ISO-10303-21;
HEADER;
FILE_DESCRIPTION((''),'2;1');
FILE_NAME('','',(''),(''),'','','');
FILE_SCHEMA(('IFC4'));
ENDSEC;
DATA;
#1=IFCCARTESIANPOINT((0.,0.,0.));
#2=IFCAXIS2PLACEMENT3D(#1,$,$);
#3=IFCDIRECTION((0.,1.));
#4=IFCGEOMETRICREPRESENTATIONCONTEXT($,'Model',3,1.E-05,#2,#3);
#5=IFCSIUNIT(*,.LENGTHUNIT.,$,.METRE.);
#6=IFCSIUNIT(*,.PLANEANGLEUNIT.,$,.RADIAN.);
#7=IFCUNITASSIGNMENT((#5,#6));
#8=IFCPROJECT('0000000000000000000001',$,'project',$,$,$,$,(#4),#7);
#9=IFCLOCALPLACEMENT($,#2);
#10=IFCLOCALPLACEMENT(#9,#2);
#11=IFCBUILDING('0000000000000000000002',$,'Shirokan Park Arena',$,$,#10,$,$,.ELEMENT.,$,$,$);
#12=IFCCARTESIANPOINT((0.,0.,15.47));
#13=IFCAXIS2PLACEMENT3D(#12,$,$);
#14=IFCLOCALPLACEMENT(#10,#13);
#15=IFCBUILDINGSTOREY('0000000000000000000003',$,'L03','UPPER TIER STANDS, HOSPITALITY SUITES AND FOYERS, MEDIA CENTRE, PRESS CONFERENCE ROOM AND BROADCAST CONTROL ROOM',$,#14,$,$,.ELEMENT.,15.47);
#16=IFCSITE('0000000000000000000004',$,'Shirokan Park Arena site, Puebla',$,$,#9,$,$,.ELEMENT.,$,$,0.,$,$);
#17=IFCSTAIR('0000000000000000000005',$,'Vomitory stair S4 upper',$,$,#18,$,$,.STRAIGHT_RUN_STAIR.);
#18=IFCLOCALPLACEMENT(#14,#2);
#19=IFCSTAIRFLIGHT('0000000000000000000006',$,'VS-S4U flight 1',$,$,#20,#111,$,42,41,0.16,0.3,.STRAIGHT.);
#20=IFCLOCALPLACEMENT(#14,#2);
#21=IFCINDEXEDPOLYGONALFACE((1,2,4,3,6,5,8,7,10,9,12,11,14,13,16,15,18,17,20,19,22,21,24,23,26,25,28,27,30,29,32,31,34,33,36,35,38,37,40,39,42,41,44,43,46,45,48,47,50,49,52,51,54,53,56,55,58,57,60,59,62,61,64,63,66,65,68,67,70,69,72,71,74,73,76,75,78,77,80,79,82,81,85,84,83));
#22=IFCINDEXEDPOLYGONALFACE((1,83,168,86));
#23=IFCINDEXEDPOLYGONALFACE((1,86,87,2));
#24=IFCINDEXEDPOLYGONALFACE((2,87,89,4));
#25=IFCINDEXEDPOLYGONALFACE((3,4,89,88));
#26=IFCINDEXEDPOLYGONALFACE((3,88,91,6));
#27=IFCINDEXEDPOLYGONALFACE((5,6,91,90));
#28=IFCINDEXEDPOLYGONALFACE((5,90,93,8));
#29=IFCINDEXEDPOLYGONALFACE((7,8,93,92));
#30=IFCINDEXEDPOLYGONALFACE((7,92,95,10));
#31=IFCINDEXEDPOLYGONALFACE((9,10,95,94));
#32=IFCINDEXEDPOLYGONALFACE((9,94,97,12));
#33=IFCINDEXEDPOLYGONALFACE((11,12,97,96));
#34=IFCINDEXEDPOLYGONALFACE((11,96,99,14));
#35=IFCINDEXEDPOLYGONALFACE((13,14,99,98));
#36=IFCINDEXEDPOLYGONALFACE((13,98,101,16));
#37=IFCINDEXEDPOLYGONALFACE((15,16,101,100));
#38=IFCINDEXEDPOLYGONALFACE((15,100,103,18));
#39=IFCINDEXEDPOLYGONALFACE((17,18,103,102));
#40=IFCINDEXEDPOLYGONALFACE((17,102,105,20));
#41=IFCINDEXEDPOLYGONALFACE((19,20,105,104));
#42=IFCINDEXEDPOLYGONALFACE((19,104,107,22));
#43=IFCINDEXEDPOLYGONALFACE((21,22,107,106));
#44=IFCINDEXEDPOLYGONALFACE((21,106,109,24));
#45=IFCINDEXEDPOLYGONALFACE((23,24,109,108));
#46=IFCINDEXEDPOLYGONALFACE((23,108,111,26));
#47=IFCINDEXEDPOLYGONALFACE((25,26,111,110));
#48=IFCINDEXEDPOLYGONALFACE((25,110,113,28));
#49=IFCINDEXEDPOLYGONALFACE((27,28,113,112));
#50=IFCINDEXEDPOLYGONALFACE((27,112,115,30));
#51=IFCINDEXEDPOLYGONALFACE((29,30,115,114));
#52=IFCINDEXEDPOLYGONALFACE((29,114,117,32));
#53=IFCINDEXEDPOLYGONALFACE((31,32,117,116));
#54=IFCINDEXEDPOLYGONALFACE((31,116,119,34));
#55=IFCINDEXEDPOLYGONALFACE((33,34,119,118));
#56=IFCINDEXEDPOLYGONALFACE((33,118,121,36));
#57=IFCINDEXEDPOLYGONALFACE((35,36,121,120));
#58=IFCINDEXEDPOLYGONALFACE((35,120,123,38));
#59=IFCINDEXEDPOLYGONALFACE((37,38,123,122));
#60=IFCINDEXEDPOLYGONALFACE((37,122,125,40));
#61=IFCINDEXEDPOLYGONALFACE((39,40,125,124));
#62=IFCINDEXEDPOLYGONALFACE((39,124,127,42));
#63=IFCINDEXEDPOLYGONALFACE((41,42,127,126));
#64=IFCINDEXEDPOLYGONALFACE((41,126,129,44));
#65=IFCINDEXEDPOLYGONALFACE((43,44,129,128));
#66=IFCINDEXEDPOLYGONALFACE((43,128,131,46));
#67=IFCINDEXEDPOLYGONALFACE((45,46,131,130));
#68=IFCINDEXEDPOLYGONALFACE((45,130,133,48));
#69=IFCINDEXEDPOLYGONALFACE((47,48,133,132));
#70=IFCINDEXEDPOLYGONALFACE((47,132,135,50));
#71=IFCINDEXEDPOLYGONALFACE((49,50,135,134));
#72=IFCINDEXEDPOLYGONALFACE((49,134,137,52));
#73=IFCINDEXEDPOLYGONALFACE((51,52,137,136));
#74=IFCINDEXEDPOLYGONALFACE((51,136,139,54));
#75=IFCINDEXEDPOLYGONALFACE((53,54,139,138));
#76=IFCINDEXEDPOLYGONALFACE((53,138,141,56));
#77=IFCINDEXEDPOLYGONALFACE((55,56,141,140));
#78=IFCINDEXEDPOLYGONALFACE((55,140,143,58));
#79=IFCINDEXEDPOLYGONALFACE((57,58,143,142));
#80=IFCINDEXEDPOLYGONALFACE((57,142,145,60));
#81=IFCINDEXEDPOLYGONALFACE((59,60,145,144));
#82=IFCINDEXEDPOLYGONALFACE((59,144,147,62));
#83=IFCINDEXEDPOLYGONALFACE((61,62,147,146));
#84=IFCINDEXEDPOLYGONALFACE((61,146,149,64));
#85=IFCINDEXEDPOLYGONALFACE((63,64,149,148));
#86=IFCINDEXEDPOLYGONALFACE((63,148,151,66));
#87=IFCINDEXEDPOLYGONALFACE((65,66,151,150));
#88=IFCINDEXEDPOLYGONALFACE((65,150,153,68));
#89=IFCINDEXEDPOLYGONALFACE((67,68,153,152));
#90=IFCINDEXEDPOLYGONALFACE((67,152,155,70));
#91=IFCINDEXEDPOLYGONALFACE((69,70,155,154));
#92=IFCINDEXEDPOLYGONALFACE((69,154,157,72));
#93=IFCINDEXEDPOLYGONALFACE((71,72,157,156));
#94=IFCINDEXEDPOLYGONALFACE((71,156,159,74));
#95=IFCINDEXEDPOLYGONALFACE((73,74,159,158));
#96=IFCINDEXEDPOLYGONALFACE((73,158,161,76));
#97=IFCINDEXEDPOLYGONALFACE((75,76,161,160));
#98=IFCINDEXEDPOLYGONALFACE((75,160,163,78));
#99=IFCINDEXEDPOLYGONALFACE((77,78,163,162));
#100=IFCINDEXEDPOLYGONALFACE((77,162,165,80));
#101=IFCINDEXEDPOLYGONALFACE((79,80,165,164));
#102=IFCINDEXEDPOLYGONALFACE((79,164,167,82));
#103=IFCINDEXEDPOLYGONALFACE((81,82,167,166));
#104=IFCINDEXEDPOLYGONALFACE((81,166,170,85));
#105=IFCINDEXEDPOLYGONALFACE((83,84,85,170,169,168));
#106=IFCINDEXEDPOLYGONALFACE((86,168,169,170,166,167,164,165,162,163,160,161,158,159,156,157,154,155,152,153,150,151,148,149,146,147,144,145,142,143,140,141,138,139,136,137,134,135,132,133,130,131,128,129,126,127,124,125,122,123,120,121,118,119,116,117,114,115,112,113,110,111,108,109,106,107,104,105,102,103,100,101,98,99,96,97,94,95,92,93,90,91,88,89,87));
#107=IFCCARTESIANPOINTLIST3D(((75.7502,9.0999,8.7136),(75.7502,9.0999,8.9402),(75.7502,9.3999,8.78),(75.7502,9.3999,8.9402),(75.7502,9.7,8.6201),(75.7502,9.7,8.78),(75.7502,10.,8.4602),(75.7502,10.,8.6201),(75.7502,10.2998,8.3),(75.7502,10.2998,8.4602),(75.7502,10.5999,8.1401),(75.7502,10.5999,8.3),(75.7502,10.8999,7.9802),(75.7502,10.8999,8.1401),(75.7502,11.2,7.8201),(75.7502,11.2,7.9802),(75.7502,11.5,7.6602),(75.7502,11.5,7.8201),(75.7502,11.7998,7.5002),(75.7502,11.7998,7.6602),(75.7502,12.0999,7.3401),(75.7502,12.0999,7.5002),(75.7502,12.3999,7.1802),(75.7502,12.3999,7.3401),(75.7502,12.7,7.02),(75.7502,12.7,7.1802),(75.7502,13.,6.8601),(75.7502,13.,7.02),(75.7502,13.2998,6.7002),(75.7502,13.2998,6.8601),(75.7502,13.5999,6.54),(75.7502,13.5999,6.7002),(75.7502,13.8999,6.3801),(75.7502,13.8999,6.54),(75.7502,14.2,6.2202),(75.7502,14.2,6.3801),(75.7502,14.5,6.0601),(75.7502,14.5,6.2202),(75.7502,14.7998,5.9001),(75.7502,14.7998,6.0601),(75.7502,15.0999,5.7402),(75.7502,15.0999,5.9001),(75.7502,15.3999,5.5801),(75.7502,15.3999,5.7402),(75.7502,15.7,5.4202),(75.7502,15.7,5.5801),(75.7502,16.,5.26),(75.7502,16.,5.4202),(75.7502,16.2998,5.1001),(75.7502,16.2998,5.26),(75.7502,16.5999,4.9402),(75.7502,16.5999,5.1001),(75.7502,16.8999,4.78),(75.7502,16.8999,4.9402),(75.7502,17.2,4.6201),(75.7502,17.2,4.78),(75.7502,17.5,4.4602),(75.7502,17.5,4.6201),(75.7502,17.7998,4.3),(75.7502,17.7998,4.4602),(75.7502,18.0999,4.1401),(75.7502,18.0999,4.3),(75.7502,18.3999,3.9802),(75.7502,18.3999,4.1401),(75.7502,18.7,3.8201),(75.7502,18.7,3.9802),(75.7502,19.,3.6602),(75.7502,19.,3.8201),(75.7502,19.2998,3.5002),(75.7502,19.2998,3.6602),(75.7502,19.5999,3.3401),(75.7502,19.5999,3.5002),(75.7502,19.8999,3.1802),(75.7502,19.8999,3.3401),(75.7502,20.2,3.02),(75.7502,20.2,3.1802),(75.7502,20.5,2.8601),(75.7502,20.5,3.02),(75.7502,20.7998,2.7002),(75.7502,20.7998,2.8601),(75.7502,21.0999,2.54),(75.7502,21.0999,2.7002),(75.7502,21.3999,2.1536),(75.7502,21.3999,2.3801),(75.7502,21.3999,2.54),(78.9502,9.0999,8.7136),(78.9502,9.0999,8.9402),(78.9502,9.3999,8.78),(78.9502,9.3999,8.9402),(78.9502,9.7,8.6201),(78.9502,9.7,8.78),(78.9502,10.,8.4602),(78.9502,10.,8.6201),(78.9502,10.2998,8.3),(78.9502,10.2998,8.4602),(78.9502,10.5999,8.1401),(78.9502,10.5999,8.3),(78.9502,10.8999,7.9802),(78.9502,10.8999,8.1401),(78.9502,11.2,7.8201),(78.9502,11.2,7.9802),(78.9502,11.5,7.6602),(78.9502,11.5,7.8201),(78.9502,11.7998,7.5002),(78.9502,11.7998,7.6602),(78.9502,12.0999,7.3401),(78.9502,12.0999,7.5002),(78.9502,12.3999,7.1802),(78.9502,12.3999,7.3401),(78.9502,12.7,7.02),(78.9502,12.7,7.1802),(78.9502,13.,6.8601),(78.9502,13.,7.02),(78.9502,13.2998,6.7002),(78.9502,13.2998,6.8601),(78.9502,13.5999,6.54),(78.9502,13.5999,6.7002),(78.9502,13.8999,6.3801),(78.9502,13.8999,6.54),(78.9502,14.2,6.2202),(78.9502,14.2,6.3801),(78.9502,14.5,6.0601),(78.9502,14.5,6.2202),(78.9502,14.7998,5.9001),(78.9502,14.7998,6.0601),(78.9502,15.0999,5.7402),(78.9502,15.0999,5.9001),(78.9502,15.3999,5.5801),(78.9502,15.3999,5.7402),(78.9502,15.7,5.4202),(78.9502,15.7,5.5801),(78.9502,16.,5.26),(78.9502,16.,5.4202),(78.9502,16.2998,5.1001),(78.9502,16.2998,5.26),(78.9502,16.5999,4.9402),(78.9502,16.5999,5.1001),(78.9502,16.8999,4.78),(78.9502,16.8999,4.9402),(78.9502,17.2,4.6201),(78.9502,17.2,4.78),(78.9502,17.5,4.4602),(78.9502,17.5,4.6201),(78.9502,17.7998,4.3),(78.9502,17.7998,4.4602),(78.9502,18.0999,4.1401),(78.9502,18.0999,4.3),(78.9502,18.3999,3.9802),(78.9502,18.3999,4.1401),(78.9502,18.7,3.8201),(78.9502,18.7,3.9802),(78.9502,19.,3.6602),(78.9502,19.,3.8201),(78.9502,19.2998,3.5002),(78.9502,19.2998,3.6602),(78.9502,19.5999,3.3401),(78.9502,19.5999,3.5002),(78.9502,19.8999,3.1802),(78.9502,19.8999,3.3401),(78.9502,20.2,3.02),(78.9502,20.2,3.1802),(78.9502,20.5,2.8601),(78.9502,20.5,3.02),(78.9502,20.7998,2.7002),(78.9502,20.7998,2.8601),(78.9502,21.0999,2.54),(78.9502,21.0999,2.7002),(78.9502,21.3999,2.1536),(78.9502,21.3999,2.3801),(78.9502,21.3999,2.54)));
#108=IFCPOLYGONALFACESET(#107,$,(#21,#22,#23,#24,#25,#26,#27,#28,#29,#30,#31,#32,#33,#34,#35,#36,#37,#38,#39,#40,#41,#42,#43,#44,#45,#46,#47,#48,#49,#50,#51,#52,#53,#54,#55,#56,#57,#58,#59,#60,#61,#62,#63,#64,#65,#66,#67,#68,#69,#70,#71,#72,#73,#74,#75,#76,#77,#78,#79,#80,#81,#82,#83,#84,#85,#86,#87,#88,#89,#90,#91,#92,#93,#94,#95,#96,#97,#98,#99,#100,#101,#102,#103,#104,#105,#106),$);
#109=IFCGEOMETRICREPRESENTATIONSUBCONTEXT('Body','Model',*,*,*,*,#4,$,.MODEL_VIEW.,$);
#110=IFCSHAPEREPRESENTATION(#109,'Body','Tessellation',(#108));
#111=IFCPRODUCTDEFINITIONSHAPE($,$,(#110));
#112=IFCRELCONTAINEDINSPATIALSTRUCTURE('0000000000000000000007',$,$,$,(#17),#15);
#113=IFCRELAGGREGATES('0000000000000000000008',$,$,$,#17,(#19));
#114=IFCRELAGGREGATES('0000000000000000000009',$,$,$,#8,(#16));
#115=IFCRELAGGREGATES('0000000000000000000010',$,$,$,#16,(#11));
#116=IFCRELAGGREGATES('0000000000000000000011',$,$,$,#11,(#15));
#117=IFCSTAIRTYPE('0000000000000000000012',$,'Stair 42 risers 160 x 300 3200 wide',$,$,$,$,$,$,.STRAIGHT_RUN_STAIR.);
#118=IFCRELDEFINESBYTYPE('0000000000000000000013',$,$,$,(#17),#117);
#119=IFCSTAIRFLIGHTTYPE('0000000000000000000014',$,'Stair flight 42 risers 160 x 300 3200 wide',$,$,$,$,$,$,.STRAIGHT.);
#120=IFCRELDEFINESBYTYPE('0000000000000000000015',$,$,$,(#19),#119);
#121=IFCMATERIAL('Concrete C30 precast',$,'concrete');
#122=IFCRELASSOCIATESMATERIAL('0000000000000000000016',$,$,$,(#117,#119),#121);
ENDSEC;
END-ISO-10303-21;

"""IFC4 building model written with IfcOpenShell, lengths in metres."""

from ifc_helpers import new_model, si_unit, direction, frame, origin, place, context, subcontext, project, spatial, polyline, outline, extrude, material, type_object, element, aggregate, save


model = new_model("IFC4")

# Units and contexts
model_context = context("Model", 3, precision=1e-05, world=origin(), true_north=direction((0.0, 1.0)))
body_context = subcontext(model_context, "Body", "Model", "MODEL_VIEW")
ifc_project = project(units=[si_unit("LENGTHUNIT", "METRE"), si_unit("PLANEANGLEUNIT", "RADIAN")], contexts=[model_context])

# Site, building, storey
site_placement = place(None, origin())
site = spatial("IfcSite", under=ifc_project, at=site_placement, Name="Shirokan Park Arena site, Puebla", CompositionType="ELEMENT", RefElevation=0.0)
building_placement = place(site_placement, origin())
building = spatial("IfcBuilding", under=site, at=building_placement, Name="Shirokan Park Arena", CompositionType="ELEMENT")
storey_placement = place(building_placement, frame((0.0, 0.0, 15.47)))
storey = spatial("IfcBuildingStorey", under=building, at=storey_placement, Name="L03", Description="UPPER TIER STANDS, HOSPITALITY SUITES AND FOYERS, MEDIA CENTRE, PRESS CONFERENCE ROOM AND BROADCAST CONTROL ROOM", CompositionType="ELEMENT", Elevation=15.47)

# Stair, stair flight
ifc_material_1 = material(Name="Concrete C30 precast", Category="concrete")
stair_type = type_object("IfcStairType", Name="Stair 42 risers 160 x 300 3200 wide", PredefinedType="STRAIGHT_RUN_STAIR", material=ifc_material_1)
stair_flight_type = type_object("IfcStairFlightType", Name="Stair flight 42 risers 160 x 300 3200 wide", PredefinedType="STRAIGHT", material=ifc_material_1)
stair_1_placement = place(storey_placement, origin())
stair_1 = element("IfcStair", 1, at=stair_1_placement, inside=storey, type_object=stair_type, Name="Vomitory stair S4 upper", PredefinedType="STRAIGHT_RUN_STAIR")
stair_flight_1_placement = place(storey_placement, frame((77.3501, 21.3999, 2.3801), z_axis=(0.0, 0.0, 1.0), x_axis=(0.0, -1.0, 0.0)))
stair_flight_1 = element("IfcStairFlight", 2, at=stair_flight_1_placement, type_object=stair_flight_type, Name="VS-S4U flight 1", NumberOfRisers=42, NumberOfTreads=41, PredefinedType="STRAIGHT", RiserHeight=0.16, TreadLength=0.3, context=body_context, shape_type="SweptSolid", body=[
    extrude(outline(polyline([(0.0, -0.2266), (0.0, 0.0), (0.0, 0.1599), (0.3, 0.1599), (0.3, 0.3201), (0.6001, 0.3201), (0.6001, 0.48), (0.8999, 0.48), (0.8999, 0.6399), (1.2, 0.6399), (1.2, 0.8), (1.5, 0.8), (1.5, 0.96), (1.8, 0.96), (1.8, 1.1201), (2.1001, 1.1201), (2.1001, 1.28), (2.3999, 1.28), (2.3999, 1.4399), (2.7, 1.4399), (2.7, 1.6001), (3.0, 1.6001), (3.0, 1.76), (3.3, 1.76), (3.3, 1.9199), (3.6001, 1.9199), (3.6001, 2.0801), (3.8999, 2.0801), (3.8999, 2.24), (4.2, 2.24), (4.2, 2.3999), (4.5, 2.3999), (4.5, 2.5601), (4.8, 2.5601), (4.8, 2.72), (5.1001, 2.72), (5.1001, 2.8799), (5.3999, 2.8799), (5.3999, 3.04), (5.7, 3.04), (5.7, 3.2), (6.0, 3.2), (6.0, 3.3601), (6.3, 3.3601), (6.3, 3.52), (6.6001, 3.52), (6.6001, 3.6799), (6.8999, 3.6799), (6.8999, 3.8401), (7.2, 3.8401), (7.2, 4.0), (7.5, 4.0), (7.5, 4.1599), (7.8, 4.1599), (7.8, 4.3201), (8.1001, 4.3201), (8.1001, 4.48), (8.3999, 4.48), (8.3999, 4.6399), (8.7, 4.6399), (8.7, 4.8), (9.0, 4.8), (9.0, 4.96), (9.3, 4.96), (9.3, 5.1201), (9.6001, 5.1201), (9.6001, 5.28), (9.8999, 5.28), (9.8999, 5.4399), (10.2, 5.4399), (10.2, 5.6001), (10.5, 5.6001), (10.5, 5.76), (10.8, 5.76), (10.8, 5.9199), (11.1001, 5.9199), (11.1001, 6.0801), (11.3999, 6.0801), (11.3999, 6.24), (11.7, 6.24), (11.7, 6.3999), (12.0, 6.3999), (12.0, 6.5601), (12.3, 6.5601), (12.3, 6.72), (12.3, 6.3335), (0.0, -0.2266)])), frame((0.0, 1.6001, 0.0), z_axis=(0.0, -1.0, 0.0), x_axis=(1.0, 0.0, 0.0)), (0.0, 0.0, 1.0), 3.2),
])
aggregate(stair_1, [stair_flight_1])

save(model, "model.ifc")
